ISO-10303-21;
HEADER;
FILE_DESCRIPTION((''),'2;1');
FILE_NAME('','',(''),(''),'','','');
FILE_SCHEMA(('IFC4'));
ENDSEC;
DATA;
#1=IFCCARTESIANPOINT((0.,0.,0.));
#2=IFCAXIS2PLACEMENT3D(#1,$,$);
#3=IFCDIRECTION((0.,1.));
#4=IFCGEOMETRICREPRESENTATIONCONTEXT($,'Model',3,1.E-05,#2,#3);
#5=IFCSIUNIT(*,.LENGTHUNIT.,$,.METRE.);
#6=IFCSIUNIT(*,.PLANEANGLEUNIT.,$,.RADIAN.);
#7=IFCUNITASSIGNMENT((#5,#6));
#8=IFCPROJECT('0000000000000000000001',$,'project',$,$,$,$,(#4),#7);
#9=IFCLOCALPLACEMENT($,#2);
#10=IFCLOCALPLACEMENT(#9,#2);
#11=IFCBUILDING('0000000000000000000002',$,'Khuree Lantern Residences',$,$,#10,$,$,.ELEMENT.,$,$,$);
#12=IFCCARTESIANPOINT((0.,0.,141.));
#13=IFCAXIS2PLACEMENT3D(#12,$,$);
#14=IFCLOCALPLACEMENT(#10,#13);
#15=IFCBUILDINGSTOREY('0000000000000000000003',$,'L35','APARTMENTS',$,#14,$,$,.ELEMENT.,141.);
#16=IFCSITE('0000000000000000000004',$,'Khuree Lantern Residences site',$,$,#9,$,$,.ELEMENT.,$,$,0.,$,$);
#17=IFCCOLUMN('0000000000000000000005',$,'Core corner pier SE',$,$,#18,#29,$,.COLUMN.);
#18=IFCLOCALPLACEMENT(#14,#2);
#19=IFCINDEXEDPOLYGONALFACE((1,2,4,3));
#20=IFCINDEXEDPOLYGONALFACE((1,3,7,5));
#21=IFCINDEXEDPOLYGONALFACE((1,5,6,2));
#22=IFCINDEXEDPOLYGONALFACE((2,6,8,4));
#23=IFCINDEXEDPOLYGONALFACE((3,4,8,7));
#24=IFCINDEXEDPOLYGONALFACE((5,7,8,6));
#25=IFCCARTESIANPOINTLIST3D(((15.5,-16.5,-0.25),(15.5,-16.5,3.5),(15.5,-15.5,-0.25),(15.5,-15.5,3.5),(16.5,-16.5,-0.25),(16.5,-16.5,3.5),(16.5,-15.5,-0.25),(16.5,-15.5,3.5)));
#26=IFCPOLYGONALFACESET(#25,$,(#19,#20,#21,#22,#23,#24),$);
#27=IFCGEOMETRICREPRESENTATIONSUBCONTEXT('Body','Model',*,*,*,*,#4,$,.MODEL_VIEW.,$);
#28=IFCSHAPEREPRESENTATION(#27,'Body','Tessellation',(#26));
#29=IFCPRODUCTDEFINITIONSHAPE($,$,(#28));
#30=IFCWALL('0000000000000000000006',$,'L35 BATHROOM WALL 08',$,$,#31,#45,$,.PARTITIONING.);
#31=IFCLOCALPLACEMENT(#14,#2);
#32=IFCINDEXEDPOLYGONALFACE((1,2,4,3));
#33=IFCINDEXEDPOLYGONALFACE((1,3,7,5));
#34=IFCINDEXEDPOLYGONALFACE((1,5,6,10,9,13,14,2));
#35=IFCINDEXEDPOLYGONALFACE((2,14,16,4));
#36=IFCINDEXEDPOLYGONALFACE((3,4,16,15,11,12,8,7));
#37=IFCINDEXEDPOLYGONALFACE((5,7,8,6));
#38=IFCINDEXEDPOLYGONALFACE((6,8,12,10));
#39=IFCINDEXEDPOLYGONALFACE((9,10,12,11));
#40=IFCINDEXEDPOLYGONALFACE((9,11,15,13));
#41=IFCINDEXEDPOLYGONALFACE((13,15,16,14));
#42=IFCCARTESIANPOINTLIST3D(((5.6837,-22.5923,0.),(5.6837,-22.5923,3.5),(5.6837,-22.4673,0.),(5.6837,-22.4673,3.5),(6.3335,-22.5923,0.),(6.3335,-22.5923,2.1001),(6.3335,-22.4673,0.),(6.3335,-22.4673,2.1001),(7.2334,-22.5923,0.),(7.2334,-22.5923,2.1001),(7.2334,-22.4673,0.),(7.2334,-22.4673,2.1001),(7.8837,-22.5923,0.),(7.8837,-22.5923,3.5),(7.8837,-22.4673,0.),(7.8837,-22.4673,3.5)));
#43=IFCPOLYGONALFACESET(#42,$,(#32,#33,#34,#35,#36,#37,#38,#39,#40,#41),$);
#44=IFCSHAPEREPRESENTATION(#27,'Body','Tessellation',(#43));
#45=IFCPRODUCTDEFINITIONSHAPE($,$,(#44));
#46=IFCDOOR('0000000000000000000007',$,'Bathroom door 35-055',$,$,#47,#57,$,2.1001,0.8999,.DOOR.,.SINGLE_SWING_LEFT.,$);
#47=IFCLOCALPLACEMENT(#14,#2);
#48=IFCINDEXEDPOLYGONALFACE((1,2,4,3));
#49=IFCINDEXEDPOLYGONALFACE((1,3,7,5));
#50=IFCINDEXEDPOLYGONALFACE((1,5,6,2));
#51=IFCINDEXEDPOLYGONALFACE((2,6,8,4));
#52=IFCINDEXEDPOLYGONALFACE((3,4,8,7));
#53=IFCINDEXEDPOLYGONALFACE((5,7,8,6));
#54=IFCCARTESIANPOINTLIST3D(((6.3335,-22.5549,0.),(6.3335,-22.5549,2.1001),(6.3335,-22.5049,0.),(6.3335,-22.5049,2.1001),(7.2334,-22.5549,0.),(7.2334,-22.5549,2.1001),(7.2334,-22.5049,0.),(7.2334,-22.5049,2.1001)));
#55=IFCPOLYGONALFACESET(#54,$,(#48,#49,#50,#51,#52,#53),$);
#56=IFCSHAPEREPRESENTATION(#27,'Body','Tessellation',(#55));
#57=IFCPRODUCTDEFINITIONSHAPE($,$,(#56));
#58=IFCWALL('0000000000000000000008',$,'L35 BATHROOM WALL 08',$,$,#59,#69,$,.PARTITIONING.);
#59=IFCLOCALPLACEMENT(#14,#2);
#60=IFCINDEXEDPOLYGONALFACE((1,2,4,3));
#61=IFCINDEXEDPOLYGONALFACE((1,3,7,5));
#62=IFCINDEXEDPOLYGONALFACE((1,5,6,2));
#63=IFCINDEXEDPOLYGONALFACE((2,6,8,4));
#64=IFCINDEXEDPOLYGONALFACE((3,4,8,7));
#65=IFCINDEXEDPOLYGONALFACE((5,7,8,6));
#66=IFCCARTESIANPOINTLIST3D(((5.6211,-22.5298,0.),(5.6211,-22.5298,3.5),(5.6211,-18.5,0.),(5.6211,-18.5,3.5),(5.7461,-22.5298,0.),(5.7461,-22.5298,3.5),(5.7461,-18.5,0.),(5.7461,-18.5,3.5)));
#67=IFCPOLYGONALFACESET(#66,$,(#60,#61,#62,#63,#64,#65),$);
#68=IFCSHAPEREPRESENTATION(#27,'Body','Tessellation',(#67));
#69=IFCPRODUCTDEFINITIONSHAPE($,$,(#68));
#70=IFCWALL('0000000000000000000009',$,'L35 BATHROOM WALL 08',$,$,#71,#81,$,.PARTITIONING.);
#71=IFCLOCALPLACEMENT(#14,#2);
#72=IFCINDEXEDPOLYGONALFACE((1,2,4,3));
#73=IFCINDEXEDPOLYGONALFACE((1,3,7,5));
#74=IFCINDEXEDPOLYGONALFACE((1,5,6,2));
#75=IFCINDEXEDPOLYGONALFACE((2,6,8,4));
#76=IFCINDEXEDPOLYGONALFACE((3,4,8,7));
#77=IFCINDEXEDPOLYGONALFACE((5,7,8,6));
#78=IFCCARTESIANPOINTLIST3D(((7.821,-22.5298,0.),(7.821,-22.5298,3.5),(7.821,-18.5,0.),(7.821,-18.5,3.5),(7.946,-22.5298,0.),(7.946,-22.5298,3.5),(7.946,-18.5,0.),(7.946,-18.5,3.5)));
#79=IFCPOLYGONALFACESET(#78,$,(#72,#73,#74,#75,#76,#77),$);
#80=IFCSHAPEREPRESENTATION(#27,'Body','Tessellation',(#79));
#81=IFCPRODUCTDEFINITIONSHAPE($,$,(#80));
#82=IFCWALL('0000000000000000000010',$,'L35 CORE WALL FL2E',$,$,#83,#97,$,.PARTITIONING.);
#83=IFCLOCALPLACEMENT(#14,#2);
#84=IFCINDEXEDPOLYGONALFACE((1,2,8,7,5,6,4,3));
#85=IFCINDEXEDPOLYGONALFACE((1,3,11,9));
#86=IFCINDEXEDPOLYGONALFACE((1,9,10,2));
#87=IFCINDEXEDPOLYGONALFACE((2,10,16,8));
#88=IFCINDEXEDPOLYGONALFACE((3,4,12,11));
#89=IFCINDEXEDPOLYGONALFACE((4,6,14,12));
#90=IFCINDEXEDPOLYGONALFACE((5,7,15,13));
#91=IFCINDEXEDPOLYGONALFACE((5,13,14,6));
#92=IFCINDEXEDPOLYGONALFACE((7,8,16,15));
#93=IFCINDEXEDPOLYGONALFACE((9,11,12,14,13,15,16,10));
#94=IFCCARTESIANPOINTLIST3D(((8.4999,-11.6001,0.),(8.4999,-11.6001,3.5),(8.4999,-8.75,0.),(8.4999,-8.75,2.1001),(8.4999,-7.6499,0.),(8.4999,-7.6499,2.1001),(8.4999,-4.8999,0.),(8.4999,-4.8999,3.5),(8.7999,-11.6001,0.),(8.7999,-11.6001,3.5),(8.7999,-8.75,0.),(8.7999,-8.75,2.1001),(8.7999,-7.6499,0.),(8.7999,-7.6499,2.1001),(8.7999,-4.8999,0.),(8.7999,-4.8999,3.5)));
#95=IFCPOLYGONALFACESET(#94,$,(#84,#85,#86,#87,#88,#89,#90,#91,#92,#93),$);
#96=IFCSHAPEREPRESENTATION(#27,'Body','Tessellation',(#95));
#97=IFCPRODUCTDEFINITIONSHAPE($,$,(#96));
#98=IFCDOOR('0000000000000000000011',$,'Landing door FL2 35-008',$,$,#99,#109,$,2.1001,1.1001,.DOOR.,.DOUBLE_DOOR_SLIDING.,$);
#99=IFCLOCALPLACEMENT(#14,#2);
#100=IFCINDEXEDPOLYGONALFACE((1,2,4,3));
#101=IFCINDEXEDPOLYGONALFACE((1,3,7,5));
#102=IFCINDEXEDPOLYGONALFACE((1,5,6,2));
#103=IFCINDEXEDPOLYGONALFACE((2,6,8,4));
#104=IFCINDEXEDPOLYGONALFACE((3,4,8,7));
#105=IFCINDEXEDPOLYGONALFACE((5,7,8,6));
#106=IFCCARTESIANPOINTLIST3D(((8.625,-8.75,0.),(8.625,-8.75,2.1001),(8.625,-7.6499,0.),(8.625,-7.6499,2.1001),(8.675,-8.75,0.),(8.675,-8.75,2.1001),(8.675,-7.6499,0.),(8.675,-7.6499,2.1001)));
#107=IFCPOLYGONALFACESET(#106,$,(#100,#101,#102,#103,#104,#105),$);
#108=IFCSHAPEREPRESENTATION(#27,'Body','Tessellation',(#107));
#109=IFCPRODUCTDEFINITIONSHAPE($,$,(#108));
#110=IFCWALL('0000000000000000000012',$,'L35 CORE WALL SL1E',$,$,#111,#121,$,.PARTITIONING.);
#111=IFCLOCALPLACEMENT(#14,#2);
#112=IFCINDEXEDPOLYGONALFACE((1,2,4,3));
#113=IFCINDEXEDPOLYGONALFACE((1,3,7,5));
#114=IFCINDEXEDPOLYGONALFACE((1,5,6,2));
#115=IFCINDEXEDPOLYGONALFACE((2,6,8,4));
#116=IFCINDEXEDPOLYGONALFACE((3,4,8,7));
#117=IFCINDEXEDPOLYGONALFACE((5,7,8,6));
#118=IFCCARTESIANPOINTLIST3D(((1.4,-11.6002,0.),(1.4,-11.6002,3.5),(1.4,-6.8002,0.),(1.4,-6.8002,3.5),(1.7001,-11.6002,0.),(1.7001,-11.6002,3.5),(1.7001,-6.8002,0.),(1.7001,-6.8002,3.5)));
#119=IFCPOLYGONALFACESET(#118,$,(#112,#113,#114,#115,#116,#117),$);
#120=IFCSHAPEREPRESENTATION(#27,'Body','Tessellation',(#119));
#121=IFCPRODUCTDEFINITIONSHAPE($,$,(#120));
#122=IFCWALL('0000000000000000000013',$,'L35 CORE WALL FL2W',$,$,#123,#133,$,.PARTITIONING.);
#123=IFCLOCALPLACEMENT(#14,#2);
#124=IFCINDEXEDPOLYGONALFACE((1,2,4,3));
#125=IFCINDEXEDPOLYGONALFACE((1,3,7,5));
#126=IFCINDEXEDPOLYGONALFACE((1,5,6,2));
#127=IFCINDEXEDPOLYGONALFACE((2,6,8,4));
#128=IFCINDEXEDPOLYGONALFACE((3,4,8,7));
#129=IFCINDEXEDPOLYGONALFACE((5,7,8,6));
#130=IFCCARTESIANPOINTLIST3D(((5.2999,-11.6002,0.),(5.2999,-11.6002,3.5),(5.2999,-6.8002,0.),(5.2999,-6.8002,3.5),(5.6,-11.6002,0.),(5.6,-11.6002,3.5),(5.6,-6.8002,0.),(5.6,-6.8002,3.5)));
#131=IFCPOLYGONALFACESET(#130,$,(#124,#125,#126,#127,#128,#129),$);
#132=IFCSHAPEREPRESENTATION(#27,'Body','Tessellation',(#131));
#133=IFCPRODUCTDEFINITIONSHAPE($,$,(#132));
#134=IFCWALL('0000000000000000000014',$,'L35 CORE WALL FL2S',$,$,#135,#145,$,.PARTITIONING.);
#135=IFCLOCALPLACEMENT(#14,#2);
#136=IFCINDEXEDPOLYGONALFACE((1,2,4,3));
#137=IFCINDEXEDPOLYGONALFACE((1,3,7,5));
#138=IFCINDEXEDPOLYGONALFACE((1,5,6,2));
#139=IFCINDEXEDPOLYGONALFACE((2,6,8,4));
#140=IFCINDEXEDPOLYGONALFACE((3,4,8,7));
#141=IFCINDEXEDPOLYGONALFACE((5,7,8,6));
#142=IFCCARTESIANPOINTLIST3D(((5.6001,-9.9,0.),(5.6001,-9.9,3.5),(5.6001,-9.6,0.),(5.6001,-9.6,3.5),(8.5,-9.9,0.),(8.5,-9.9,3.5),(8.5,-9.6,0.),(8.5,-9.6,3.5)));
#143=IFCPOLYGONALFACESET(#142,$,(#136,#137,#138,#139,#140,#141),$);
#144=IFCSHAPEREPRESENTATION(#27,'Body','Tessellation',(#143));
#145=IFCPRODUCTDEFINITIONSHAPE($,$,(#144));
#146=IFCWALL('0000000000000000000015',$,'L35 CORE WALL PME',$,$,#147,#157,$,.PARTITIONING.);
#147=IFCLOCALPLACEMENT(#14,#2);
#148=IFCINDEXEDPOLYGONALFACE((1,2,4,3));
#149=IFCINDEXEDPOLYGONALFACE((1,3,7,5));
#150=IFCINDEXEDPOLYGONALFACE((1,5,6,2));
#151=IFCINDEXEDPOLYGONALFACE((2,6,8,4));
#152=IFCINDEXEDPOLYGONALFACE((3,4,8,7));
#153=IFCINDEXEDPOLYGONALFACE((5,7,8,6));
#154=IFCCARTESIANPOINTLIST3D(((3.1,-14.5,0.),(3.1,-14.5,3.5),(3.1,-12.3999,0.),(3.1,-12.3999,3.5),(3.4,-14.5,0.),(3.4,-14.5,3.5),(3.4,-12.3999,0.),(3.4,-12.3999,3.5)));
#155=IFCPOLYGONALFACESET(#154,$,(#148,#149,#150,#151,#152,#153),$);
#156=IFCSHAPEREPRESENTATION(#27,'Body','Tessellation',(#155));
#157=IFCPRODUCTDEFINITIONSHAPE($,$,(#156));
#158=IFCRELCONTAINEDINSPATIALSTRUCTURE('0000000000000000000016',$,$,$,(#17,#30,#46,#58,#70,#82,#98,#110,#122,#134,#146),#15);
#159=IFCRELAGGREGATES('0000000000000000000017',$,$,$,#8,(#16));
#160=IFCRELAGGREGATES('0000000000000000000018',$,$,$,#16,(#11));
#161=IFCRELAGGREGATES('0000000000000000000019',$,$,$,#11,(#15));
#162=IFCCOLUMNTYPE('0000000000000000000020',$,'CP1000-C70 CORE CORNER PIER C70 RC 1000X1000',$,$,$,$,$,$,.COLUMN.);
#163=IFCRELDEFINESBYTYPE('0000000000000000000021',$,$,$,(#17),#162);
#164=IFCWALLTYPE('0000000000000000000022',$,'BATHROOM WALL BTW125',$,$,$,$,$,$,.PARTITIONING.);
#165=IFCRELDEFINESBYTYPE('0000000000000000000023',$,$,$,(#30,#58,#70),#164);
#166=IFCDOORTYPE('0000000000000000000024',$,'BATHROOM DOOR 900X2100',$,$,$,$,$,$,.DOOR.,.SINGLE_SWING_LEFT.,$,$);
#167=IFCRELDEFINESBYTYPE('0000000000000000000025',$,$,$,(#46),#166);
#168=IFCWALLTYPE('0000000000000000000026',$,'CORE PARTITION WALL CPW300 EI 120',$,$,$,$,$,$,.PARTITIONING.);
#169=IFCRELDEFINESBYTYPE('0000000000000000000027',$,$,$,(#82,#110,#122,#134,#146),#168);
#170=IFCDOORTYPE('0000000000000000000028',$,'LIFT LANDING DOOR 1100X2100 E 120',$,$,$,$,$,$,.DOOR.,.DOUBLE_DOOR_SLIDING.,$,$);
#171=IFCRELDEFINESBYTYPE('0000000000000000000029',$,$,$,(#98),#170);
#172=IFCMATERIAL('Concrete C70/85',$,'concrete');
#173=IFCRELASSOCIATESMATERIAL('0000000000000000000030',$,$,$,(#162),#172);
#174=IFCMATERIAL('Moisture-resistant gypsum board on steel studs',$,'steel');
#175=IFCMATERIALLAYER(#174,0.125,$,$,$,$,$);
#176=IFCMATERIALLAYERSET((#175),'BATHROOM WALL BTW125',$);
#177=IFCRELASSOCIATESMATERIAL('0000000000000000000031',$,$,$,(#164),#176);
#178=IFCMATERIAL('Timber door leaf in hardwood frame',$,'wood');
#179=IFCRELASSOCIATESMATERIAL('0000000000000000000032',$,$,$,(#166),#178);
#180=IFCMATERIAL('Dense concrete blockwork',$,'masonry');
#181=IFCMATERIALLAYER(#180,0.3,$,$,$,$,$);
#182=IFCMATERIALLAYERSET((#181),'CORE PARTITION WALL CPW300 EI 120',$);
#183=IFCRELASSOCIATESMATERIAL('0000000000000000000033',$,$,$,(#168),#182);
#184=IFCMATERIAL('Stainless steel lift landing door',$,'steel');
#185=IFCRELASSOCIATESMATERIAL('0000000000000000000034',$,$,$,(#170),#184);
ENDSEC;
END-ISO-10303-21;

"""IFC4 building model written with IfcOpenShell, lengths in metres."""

from ifc_helpers import new_model, si_unit, direction, frame, frame_2d, origin, origin_2d, place, context, subcontext, project, spatial, rectangle, extrude, material, layer, layer_set, material_profile, profile_set, type_object, element, fill, save


model = new_model("IFC4")

# Units and contexts
model_context = context("Model", 3, precision=1e-05, world=origin(), true_north=direction((0.0, 1.0)))
body_context = subcontext(model_context, "Body", "Model", "MODEL_VIEW")
ifc_project = project(units=[si_unit("LENGTHUNIT", "METRE"), si_unit("PLANEANGLEUNIT", "RADIAN")], contexts=[model_context])

# Site, building, storey
site_placement = place(None, origin())
site = spatial("IfcSite", under=ifc_project, at=site_placement, Name="Khuree Lantern Residences site", CompositionType="ELEMENT", RefElevation=0.0)
building_placement = place(site_placement, origin())
building = spatial("IfcBuilding", under=site, at=building_placement, Name="Khuree Lantern Residences", CompositionType="ELEMENT")
storey_placement = place(building_placement, frame((0.0, 0.0, 141.0)))
storey = spatial("IfcBuildingStorey", under=building, at=storey_placement, Name="L35", Description="APARTMENTS", CompositionType="ELEMENT", Elevation=141.0)

# Column
ifc_material_1 = material(Name="Concrete C70/85", Category="concrete")
ifc_material_profile = material_profile(ifc_material_1, rectangle(XDim=1.0, YDim=1.0, at=origin_2d()), Name="RC 1000X1000")
ifc_profile_set = profile_set([ifc_material_profile], Name="Concrete C70/85")
column_type = type_object("IfcColumnType", Name="CP1000-C70 CORE CORNER PIER C70 RC 1000X1000", PredefinedType="COLUMN", material=ifc_profile_set)
column_placement = place(storey_placement, frame((16.0, -16.0, -0.25), z_axis=(0.0, 0.0, 1.0), x_axis=(1.0, 0.0, 0.0)))
element("IfcColumn", 1, at=column_placement, inside=storey, type_object=column_type, Name="Core corner pier SE", PredefinedType="COLUMN", context=body_context, shape_type="SweptSolid", body=[
    extrude(rectangle(XDim=1.0, YDim=1.0, at=origin_2d()), origin(), (0.0, 0.0, 1.0), 3.75),
])

# Wall, opening, door
ifc_material_2 = material(Name="Moisture-resistant gypsum board on steel studs", Category="steel")
ifc_layer_1 = layer(ifc_material_2, 0.125)
ifc_layer_set_1 = layer_set([ifc_layer_1], Name="BATHROOM WALL BTW125")
wall_type_1 = type_object("IfcWallType", Name="BATHROOM WALL BTW125", PredefinedType="PARTITIONING", material=ifc_layer_set_1)
wall_1_placement = place(storey_placement, frame((5.6836, -22.5298, 0.0), z_axis=(0.0, 0.0, 1.0), x_axis=(1.0, 0.0, 0.0)))
wall_1 = element("IfcWall", 2, at=wall_1_placement, inside=storey, type_object=wall_type_1, Name="L35 BATHROOM WALL 08", PredefinedType="PARTITIONING", context=body_context, shape_type="SweptSolid", body=[
    extrude(rectangle(XDim=2.2, YDim=0.125, at=frame_2d((1.1001, 0.0))), origin(), (0.0, 0.0, 1.0), 3.5),
])
opening_1_placement = place(wall_1_placement, frame((0.6499, 0.0, 0.0)))
opening_1 = element("IfcOpeningElement", 3, at=opening_1_placement, cuts=wall_1, PredefinedType="OPENING", context=body_context, shape_type="SweptSolid", body=[
    extrude(rectangle(XDim=0.8999, YDim=2.1001, at=frame_2d((0.45, 1.05))), frame((0.0, 0.0725, 0.0), z_axis=(0.0, -1.0, 0.0), x_axis=(1.0, 0.0, 0.0)), (0.0, 0.0, 1.0), 0.145),
])
ifc_material_3 = material(Name="Timber door leaf in hardwood frame", Category="wood")
door_type_1 = type_object("IfcDoorType", Name="BATHROOM DOOR 900X2100", OperationType="SINGLE_SWING_LEFT", PredefinedType="DOOR", material=ifc_material_3)
door_1_placement = place(opening_1_placement, origin())
door_1 = element("IfcDoor", 4, at=door_1_placement, inside=storey, type_object=door_type_1, Name="Bathroom door 35-055", OperationType="SINGLE_SWING_LEFT", OverallHeight=2.1001, OverallWidth=0.8999, PredefinedType="DOOR", context=body_context, shape_type="SweptSolid", body=[
    extrude(rectangle(XDim=0.8999, YDim=2.1001, at=frame_2d((0.45, 1.05))), frame((0.0, 0.0249, 0.0), z_axis=(0.0, -1.0, 0.0), x_axis=(1.0, 0.0, 0.0)), (0.0, 0.0, 1.0), 0.05),
])
fill(opening_1, door_1)

# Walls
for number, where, z_axis, x_axis, name in (
    (5, (5.6836, -18.5, 0.0), (0.0, 0.0, 1.0), (0.0, -1.0, 0.0), "L35 BATHROOM WALL 08"),
    (6, (7.8835, -18.5, 0.0), (0.0, 0.0, 1.0), (0.0, -1.0, 0.0), "L35 BATHROOM WALL 08"),
):
    element("IfcWall", number, at=place(storey_placement, frame(where, z_axis=z_axis, x_axis=x_axis)), inside=storey, type_object=wall_type_1, Name=name, PredefinedType="PARTITIONING", context=body_context, shape_type="SweptSolid", body=[
        extrude(rectangle(XDim=4.0298, YDim=0.125, at=frame_2d((2.0149, 0.0))), origin(), (0.0, 0.0, 1.0), 3.5),
    ])

# Wall, opening, door
ifc_material_4 = material(Name="Dense concrete blockwork", Category="masonry")
ifc_layer_2 = layer(ifc_material_4, 0.3)
ifc_layer_set_2 = layer_set([ifc_layer_2], Name="CORE PARTITION WALL CPW300 EI 120")
wall_type_2 = type_object("IfcWallType", Name="CORE PARTITION WALL CPW300 EI 120", PredefinedType="PARTITIONING", material=ifc_layer_set_2)
wall_2_placement = place(storey_placement, frame((8.6499, -11.6001, 0.0), z_axis=(0.0, 0.0, 1.0), x_axis=(0.0, 1.0, 0.0)))
wall_2 = element("IfcWall", 7, at=wall_2_placement, inside=storey, type_object=wall_type_2, Name="L35 CORE WALL FL2E", PredefinedType="PARTITIONING", context=body_context, shape_type="SweptSolid", body=[
    extrude(rectangle(XDim=6.7002, YDim=0.3, at=frame_2d((3.3501, 0.0))), origin(), (0.0, 0.0, 1.0), 3.5),
])
opening_2_placement = place(wall_2_placement, frame((2.8501, 0.0, 0.0)))
opening_2 = element("IfcOpeningElement", 8, at=opening_2_placement, cuts=wall_2, PredefinedType="OPENING", context=body_context, shape_type="SweptSolid", body=[
    extrude(rectangle(XDim=1.1001, YDim=2.1001, at=frame_2d((0.55, 1.05))), frame((0.0, 0.1602, 0.0), z_axis=(0.0, -1.0, 0.0), x_axis=(1.0, 0.0, 0.0)), (0.0, 0.0, 1.0), 0.3201),
])
ifc_material_5 = material(Name="Stainless steel lift landing door", Category="steel")
door_type_2 = type_object("IfcDoorType", Name="LIFT LANDING DOOR 1100X2100 E 120", OperationType="DOUBLE_DOOR_SLIDING", PredefinedType="DOOR", material=ifc_material_5)
door_2_placement = place(opening_2_placement, origin())
door_2 = element("IfcDoor", 9, at=door_2_placement, inside=storey, type_object=door_type_2, Name="Landing door FL2 35-008", OperationType="DOUBLE_DOOR_SLIDING", OverallHeight=2.1001, OverallWidth=1.1001, PredefinedType="DOOR", context=body_context, shape_type="SweptSolid", body=[
    extrude(rectangle(XDim=1.1001, YDim=2.1001, at=frame_2d((0.55, 1.05))), frame((0.0, 0.0249, 0.0), z_axis=(0.0, -1.0, 0.0), x_axis=(1.0, 0.0, 0.0)), (0.0, 0.0, 1.0), 0.05),
])
fill(opening_2, door_2)

# Walls
for number, where, z_axis, x_axis, name in (
    (10, (1.55, -11.6001, 0.0), (0.0, 0.0, 1.0), (0.0, 1.0, 0.0), "L35 CORE WALL SL1E"),
    (11, (5.45, -11.6001, 0.0), (0.0, 0.0, 1.0), (0.0, 1.0, 0.0), "L35 CORE WALL FL2W"),
):
    element("IfcWall", number, at=place(storey_placement, frame(where, z_axis=z_axis, x_axis=x_axis)), inside=storey, type_object=wall_type_2, Name=name, PredefinedType="PARTITIONING", context=body_context, shape_type="SweptSolid", body=[
        extrude(rectangle(XDim=4.8, YDim=0.3, at=frame_2d((2.3999, 0.0))), origin(), (0.0, 0.0, 1.0), 3.5),
    ])
wall_3_placement = place(storey_placement, frame((5.6001, -9.75, 0.0), z_axis=(0.0, 0.0, 1.0), x_axis=(1.0, 0.0, 0.0)))
element("IfcWall", 12, at=wall_3_placement, inside=storey, type_object=wall_type_2, Name="L35 CORE WALL FL2S", PredefinedType="PARTITIONING", context=body_context, shape_type="SweptSolid", body=[
    extrude(rectangle(XDim=2.8999, YDim=0.3, at=frame_2d((1.45, 0.0))), origin(), (0.0, 0.0, 1.0), 3.5),
])
wall_4_placement = place(storey_placement, frame((3.25, -14.5, 0.0), z_axis=(0.0, 0.0, 1.0), x_axis=(0.0, 1.0, 0.0)))
element("IfcWall", 13, at=wall_4_placement, inside=storey, type_object=wall_type_2, Name="L35 CORE WALL PME", PredefinedType="PARTITIONING", context=body_context, shape_type="SweptSolid", body=[
    extrude(rectangle(XDim=2.1001, YDim=0.3, at=frame_2d((1.05, 0.0))), origin(), (0.0, 0.0, 1.0), 3.5),
])

save(model, "model.ifc")
